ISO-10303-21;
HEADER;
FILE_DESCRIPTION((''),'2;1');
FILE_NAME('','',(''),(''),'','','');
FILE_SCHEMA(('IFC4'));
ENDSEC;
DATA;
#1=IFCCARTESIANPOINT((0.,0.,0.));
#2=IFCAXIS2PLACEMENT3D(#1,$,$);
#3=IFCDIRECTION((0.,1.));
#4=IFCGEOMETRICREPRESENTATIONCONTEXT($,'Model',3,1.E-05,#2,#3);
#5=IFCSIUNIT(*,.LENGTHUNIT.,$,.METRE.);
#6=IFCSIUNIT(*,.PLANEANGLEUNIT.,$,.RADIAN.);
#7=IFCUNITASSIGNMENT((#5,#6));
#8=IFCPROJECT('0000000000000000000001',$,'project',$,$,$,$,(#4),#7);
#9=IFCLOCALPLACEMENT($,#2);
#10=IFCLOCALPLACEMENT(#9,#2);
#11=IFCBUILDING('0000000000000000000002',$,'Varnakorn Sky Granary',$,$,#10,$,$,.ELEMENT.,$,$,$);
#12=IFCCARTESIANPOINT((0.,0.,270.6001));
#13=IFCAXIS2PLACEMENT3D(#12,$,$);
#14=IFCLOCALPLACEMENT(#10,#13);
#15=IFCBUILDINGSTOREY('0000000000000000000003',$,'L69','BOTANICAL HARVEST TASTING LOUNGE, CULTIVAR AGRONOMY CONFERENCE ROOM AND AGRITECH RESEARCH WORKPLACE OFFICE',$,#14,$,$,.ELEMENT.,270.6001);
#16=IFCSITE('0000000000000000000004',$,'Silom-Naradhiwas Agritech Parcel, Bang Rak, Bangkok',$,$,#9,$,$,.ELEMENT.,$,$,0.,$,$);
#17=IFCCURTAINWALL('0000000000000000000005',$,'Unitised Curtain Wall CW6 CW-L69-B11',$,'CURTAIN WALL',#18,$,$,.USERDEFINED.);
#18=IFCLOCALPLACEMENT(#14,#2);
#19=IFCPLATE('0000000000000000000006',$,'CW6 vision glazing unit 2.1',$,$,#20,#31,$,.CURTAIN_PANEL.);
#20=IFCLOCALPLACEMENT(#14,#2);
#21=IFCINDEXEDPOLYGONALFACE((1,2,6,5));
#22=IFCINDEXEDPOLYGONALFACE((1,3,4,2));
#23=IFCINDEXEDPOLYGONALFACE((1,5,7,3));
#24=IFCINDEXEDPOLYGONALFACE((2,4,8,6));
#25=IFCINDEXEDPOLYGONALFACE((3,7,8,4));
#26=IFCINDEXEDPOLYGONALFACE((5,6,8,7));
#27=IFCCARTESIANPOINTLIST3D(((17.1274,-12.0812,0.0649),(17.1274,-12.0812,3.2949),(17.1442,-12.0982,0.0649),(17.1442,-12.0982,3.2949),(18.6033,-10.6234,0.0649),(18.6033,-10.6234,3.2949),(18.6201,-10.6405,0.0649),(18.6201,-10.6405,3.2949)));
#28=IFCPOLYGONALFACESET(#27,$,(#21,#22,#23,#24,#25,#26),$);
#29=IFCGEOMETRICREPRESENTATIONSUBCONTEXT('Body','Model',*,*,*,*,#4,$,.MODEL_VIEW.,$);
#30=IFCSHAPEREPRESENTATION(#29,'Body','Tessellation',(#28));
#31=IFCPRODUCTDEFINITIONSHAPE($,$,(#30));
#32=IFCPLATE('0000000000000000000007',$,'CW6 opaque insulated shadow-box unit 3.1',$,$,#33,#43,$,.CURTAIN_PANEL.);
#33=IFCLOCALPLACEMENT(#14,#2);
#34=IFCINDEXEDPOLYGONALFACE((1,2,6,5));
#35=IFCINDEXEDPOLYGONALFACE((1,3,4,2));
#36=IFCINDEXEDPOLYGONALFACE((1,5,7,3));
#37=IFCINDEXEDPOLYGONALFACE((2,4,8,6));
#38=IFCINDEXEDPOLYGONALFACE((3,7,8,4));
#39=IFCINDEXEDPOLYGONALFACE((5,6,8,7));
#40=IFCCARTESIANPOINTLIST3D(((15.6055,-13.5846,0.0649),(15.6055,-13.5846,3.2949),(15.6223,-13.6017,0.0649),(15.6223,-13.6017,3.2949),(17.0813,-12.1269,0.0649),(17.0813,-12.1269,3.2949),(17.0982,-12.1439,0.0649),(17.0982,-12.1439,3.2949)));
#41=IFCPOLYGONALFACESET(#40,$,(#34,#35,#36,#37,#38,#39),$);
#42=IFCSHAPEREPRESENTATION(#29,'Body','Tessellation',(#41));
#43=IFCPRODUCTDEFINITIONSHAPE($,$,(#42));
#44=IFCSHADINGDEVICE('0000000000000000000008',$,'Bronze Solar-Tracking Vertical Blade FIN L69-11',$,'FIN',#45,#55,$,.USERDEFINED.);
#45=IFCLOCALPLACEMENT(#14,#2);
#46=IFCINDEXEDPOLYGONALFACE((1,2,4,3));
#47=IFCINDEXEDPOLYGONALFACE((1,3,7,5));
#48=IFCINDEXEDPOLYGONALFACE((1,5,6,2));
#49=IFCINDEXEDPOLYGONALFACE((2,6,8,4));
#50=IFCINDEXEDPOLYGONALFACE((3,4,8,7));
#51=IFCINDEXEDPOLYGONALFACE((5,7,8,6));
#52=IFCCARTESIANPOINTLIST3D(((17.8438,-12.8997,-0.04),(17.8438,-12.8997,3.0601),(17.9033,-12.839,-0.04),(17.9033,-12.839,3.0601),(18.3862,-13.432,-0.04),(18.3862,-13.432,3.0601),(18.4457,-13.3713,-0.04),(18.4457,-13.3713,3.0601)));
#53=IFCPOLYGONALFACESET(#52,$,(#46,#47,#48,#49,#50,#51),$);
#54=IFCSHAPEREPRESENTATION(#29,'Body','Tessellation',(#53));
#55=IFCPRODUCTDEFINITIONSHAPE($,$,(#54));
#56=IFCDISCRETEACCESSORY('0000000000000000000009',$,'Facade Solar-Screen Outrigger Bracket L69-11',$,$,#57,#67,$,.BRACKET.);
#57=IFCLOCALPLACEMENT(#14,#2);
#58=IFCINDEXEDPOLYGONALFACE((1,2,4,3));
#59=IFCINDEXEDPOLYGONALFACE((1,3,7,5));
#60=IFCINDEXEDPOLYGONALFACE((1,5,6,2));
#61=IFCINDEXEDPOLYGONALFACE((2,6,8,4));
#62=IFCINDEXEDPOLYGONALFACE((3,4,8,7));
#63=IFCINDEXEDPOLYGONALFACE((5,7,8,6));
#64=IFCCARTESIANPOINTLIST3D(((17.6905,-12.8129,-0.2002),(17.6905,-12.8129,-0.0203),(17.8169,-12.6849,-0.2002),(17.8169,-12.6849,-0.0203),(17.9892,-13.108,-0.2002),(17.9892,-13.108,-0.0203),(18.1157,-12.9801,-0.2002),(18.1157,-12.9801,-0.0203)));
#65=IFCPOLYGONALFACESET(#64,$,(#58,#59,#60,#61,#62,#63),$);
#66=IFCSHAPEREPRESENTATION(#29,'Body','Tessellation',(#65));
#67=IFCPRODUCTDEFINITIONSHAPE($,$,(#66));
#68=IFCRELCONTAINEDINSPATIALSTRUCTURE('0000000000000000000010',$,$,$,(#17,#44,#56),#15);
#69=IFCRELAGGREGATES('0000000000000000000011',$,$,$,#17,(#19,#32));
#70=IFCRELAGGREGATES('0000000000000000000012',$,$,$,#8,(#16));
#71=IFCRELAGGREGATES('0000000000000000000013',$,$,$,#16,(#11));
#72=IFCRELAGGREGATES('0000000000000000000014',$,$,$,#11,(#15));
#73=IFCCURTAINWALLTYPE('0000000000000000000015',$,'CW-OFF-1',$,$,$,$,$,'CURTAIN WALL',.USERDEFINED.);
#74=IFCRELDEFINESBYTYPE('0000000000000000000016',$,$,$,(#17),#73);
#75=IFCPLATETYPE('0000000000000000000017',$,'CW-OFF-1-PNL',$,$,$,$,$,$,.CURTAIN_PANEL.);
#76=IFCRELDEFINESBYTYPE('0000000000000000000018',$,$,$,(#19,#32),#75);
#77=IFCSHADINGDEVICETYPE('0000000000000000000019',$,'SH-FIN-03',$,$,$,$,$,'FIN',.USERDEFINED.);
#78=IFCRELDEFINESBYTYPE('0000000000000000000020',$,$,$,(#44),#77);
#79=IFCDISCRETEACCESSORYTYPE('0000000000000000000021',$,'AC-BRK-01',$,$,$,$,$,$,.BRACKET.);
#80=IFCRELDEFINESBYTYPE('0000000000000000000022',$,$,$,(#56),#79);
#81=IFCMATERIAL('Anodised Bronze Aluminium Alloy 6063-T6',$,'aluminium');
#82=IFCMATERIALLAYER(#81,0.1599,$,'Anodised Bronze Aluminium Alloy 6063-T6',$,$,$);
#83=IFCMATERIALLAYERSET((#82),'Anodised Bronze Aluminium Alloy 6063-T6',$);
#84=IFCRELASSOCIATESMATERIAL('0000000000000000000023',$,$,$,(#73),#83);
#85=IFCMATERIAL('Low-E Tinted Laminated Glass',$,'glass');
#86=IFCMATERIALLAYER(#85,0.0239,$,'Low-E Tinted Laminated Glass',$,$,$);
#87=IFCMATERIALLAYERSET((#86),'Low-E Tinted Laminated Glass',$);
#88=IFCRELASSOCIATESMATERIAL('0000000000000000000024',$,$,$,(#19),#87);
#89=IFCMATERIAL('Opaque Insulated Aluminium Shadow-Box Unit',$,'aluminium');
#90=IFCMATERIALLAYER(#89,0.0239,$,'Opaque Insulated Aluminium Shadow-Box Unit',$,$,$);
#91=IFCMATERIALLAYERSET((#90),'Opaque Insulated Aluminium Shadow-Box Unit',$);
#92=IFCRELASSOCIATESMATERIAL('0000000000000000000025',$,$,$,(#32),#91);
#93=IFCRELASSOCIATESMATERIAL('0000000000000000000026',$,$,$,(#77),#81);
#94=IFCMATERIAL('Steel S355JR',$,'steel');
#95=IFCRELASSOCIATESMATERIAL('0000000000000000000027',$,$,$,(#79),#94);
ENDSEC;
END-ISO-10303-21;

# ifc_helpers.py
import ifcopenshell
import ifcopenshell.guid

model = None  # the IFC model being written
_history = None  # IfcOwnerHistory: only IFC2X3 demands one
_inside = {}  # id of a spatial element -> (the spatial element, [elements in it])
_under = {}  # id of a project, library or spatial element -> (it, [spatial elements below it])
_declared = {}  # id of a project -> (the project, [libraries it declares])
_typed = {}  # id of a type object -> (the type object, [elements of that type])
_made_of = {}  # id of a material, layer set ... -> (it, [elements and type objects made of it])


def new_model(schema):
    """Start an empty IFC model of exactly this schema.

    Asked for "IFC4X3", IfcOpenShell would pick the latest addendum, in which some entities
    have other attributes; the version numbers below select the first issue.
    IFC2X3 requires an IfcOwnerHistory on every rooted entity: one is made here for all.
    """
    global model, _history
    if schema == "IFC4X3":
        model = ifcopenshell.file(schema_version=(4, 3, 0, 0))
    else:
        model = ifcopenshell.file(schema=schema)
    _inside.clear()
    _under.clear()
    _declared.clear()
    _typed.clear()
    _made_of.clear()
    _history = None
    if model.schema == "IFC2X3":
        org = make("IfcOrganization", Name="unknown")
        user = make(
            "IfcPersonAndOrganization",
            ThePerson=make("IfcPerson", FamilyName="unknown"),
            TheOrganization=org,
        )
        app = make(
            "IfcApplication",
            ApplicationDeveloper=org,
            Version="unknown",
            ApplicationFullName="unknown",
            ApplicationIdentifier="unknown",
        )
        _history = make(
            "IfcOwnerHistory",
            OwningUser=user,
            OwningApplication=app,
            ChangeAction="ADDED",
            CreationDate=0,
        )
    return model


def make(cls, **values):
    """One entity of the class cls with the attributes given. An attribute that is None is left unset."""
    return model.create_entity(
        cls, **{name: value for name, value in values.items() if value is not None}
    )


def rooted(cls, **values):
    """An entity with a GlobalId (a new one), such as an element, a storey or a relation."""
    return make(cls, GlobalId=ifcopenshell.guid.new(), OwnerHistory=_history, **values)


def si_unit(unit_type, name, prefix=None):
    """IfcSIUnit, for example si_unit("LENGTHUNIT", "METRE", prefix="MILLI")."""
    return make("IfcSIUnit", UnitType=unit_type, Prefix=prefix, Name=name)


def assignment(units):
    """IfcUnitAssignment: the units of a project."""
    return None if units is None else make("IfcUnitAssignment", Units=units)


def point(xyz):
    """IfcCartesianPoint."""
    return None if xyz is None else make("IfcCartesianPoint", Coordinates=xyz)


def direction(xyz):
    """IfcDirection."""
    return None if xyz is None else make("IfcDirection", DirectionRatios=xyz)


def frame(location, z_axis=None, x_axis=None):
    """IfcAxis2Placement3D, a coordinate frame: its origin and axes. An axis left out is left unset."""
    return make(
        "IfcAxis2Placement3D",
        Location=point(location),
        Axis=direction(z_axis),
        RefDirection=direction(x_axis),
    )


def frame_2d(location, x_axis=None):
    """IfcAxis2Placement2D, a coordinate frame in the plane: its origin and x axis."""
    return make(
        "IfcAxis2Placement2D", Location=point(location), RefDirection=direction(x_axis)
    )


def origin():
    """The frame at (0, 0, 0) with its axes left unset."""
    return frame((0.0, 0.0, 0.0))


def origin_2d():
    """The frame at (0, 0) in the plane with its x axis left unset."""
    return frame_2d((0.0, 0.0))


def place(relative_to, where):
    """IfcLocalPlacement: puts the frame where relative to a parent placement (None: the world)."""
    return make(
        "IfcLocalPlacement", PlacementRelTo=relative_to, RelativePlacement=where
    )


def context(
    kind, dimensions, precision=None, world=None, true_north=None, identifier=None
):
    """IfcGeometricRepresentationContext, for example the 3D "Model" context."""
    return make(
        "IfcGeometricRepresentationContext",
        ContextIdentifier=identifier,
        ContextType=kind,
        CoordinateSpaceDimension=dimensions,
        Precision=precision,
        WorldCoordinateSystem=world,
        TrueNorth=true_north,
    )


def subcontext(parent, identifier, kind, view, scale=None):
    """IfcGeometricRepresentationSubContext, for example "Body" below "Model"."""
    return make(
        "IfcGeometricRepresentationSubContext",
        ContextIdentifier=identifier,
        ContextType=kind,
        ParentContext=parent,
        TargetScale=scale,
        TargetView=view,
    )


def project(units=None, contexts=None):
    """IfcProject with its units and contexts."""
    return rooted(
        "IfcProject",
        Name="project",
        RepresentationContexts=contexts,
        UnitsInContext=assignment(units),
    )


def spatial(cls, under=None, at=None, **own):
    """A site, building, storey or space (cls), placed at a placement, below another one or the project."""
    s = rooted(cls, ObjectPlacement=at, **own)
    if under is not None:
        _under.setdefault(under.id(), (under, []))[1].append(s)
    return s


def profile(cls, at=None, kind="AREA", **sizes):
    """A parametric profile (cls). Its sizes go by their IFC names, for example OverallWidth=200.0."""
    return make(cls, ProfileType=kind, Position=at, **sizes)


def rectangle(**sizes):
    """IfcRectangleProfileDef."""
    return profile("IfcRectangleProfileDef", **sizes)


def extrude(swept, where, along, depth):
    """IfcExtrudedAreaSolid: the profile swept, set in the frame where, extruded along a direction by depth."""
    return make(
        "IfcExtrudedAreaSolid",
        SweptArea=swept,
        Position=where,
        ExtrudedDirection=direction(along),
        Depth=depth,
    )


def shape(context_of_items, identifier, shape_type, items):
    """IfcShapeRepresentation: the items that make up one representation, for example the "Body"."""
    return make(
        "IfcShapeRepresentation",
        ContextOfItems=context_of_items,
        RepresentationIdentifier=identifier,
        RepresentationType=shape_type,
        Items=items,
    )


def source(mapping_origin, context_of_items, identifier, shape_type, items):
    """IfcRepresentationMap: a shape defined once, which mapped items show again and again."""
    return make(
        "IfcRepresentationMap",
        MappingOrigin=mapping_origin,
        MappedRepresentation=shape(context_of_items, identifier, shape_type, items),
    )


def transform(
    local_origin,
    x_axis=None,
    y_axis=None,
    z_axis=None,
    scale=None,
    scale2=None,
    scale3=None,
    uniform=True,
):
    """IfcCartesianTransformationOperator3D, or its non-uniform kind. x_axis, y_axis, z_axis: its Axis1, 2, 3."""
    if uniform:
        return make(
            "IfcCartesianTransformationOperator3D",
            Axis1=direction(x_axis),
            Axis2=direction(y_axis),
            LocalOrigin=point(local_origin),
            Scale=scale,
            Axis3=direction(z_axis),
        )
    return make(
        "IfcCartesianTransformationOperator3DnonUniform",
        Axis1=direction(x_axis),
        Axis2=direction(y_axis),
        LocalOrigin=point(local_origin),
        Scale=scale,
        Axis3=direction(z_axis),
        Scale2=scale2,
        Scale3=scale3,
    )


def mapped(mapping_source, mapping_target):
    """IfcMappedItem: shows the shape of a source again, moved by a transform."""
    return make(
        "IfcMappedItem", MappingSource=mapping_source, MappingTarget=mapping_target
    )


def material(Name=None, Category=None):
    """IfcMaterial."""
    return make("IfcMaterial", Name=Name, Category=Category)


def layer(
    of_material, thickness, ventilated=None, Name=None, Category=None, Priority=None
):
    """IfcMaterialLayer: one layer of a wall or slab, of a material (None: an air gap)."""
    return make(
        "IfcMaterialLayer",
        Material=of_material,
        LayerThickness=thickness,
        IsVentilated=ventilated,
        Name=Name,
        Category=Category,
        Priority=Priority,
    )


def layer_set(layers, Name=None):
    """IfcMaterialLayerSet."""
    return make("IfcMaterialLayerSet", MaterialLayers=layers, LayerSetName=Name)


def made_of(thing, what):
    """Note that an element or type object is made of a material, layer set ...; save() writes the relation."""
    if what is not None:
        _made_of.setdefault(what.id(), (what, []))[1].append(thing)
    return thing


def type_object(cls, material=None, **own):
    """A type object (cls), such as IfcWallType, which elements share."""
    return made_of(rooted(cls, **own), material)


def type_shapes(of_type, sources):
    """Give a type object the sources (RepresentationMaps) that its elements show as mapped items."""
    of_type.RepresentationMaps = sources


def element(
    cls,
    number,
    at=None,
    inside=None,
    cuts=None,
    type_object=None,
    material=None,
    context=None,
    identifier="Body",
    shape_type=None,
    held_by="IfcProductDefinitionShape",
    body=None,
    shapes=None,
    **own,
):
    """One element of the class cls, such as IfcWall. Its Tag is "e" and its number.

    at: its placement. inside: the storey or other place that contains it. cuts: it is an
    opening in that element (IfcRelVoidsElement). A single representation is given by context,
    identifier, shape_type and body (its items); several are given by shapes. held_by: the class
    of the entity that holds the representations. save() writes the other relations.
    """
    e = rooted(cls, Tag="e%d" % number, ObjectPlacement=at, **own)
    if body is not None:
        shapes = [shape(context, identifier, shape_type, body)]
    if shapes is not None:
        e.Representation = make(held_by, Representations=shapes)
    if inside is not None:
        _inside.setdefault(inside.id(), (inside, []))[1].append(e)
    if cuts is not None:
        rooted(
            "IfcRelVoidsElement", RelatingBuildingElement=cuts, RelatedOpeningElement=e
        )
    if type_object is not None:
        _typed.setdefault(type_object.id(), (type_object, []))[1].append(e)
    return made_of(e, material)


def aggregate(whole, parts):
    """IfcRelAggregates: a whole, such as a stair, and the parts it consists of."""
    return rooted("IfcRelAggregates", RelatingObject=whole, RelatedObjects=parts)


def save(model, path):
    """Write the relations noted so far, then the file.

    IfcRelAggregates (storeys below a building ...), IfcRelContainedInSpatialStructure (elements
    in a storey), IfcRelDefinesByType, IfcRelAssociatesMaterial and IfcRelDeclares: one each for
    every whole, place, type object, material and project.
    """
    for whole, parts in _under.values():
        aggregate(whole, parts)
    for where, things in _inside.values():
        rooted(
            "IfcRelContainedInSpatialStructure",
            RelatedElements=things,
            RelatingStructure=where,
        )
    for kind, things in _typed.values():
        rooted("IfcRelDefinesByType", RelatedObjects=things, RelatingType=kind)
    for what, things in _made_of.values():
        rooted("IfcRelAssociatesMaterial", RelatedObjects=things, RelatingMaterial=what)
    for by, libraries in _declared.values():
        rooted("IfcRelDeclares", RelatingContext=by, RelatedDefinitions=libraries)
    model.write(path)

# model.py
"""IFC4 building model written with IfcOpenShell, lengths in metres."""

from ifc_helpers import new_model, si_unit, direction, frame, origin, origin_2d, place, context, subcontext, project, spatial, rectangle, extrude, source, transform, mapped, material, layer, layer_set, type_object, type_shapes, element, aggregate, save


model = new_model("IFC4")

# Units and contexts
model_context = context("Model", 3, precision=1e-05, world=origin(), true_north=direction((0.0, 1.0)))
body_context = subcontext(model_context, "Body", "Model", "MODEL_VIEW")
ifc_project = project(units=[si_unit("LENGTHUNIT", "METRE"), si_unit("PLANEANGLEUNIT", "RADIAN")], contexts=[model_context])

# Site, building, storey
site_placement = place(None, origin())
site = spatial("IfcSite", under=ifc_project, at=site_placement, Name="Silom-Naradhiwas Agritech Parcel, Bang Rak, Bangkok", CompositionType="ELEMENT", RefElevation=0.0)
building_placement = place(site_placement, origin())
building = spatial("IfcBuilding", under=site, at=building_placement, Name="Varnakorn Sky Granary", CompositionType="ELEMENT")
storey_placement = place(building_placement, frame((0.0, 0.0, 270.6001)))
storey = spatial("IfcBuildingStorey", under=building, at=storey_placement, Name="L69", Description="BOTANICAL HARVEST TASTING LOUNGE, CULTIVAR AGRONOMY CONFERENCE ROOM AND AGRITECH RESEARCH WORKPLACE OFFICE", CompositionType="ELEMENT", Elevation=270.6001)

# Shared definitions
ifc_material_1 = material(Name="Steel S355JR", Category="steel")

# Curtain wall
ifc_material_2 = material(Name="Anodised Bronze Aluminium Alloy 6063-T6", Category="aluminium")
ifc_layer_1 = layer(ifc_material_2, 0.1599, Name="Anodised Bronze Aluminium Alloy 6063-T6")
ifc_layer_set_1 = layer_set([ifc_layer_1], Name="Anodised Bronze Aluminium Alloy 6063-T6")
curtain_wall_type = type_object("IfcCurtainWallType", Name="CW-OFF-1", ElementType="CURTAIN WALL", PredefinedType="USERDEFINED", material=ifc_layer_set_1)
curtain_wall_placement = place(storey_placement, origin())
curtain_wall = element("IfcCurtainWall", 1, at=curtain_wall_placement, inside=storey, type_object=curtain_wall_type, Name="Unitised Curtain Wall CW6 CW-L69-B11", ObjectType="CURTAIN WALL", PredefinedType="USERDEFINED")

# Plates
ifc_material_3 = material(Name="Low-E Tinted Laminated Glass", Category="glass")
ifc_layer_2 = layer(ifc_material_3, 0.0239, Name="Low-E Tinted Laminated Glass")
ifc_layer_set_2 = layer_set([ifc_layer_2], Name="Low-E Tinted Laminated Glass")
plate_type_1 = type_object("IfcPlateType", Name="CW-OFF-1-PNL", PredefinedType="CURTAIN_PANEL")
ifc_material_4 = material(Name="Opaque Insulated Aluminium Shadow-Box Unit", Category="aluminium")
ifc_layer_3 = layer(ifc_material_4, 0.0239, Name="Opaque Insulated Aluminium Shadow-Box Unit")
ifc_layer_set_3 = layer_set([ifc_layer_3], Name="Opaque Insulated Aluminium Shadow-Box Unit")
shared_shape_1 = source(origin(), body_context, "Body", "SweptSolid", [
    extrude(rectangle(XDim=2.0745, YDim=0.0239, at=origin_2d()), origin(), (0.0, 0.0, 1.0), 3.23),
])
plate_1_placement = place(storey_placement, frame((17.8738, -11.3608, 0.0649), z_axis=(0.0, 0.0, 1.0), x_axis=(-0.711458, -0.702729, 0.0)))
plate_1 = element("IfcPlate", 2, at=plate_1_placement, type_object=plate_type_1, material=ifc_layer_set_2, Name="CW6 vision glazing unit 2.1", PredefinedType="CURTAIN_PANEL", context=body_context, shape_type="MappedRepresentation", body=[
    mapped(shared_shape_1, transform((0.0, 0.0, 0.0), x_axis=(1.0, 0.0, 0.0), y_axis=(0.0, 1.0, 0.0), z_axis=(0.0, 0.0, 1.0), scale=1.0)),
])
plate_2_placement = place(storey_placement, frame((16.3518, -12.8643, 0.0649), z_axis=(0.0, 0.0, 1.0), x_axis=(-0.711458, -0.702729, 0.0)))
plate_2 = element("IfcPlate", 3, at=plate_2_placement, type_object=plate_type_1, material=ifc_layer_set_3, Name="CW6 opaque insulated shadow-box unit 3.1", PredefinedType="CURTAIN_PANEL", context=body_context, shape_type="MappedRepresentation", body=[
    mapped(shared_shape_1, transform((0.0, 0.0, 0.0), x_axis=(1.0, 0.0, 0.0), y_axis=(0.0, 1.0, 0.0), z_axis=(0.0, 0.0, 1.0), scale=1.0)),
])
aggregate(curtain_wall, [plate_1, plate_2])

# Shading device
shading_device_type = type_object("IfcShadingDeviceType", Name="SH-FIN-03", ElementType="FIN", PredefinedType="USERDEFINED", material=ifc_material_2)
shared_shape_2 = source(origin(), body_context, "Body", "SweptSolid", [
    extrude(rectangle(XDim=0.085, YDim=0.76, at=origin_2d()), origin(), (0.0, 0.0, 1.0), 3.1001),
])
type_shapes(shading_device_type, [shared_shape_2])
shading_device_placement = place(storey_placement, frame((18.1448, -13.1355, -0.04), z_axis=(0.0, 0.0, 1.0), x_axis=(0.700428, 0.713723, 0.0)))
element("IfcShadingDevice", 4, at=shading_device_placement, inside=storey, type_object=shading_device_type, Name="Bronze Solar-Tracking Vertical Blade FIN L69-11", ObjectType="FIN", PredefinedType="USERDEFINED", context=body_context, shape_type="MappedRepresentation", body=[
    mapped(shared_shape_2, transform((0.0, 0.0, 0.0), x_axis=(1.0, 0.0, 0.0), y_axis=(0.0, 1.0, 0.0), z_axis=(0.0, 0.0, 1.0), scale=1.0)),
])

# Discrete accessory
discrete_accessory_type = type_object("IfcDiscreteAccessoryType", Name="AC-BRK-01", PredefinedType="BRACKET", material=ifc_material_1)
shared_shape_3 = source(origin(), body_context, "Body", "SweptSolid", [
    extrude(rectangle(XDim=0.1799, YDim=0.4199, at=origin_2d()), origin(), (0.0, 0.0, 1.0), 0.1799),
])
type_shapes(discrete_accessory_type, [shared_shape_3])
discrete_accessory_placement = place(storey_placement, frame((17.9031, -12.8965, -0.2002), z_axis=(0.0, 0.0, 1.0), x_axis=(0.702829, 0.711359, 0.0)))
element("IfcDiscreteAccessory", 5, at=discrete_accessory_placement, inside=storey, type_object=discrete_accessory_type, Name="Facade Solar-Screen Outrigger Bracket L69-11", PredefinedType="BRACKET", context=body_context, shape_type="MappedRepresentation", body=[
    mapped(shared_shape_3, transform((0.0, 0.0, 0.0), x_axis=(1.0, 0.0, 0.0), y_axis=(0.0, 1.0, 0.0), z_axis=(0.0, 0.0, 1.0), scale=1.0)),
])

save(model, "model.ifc")
